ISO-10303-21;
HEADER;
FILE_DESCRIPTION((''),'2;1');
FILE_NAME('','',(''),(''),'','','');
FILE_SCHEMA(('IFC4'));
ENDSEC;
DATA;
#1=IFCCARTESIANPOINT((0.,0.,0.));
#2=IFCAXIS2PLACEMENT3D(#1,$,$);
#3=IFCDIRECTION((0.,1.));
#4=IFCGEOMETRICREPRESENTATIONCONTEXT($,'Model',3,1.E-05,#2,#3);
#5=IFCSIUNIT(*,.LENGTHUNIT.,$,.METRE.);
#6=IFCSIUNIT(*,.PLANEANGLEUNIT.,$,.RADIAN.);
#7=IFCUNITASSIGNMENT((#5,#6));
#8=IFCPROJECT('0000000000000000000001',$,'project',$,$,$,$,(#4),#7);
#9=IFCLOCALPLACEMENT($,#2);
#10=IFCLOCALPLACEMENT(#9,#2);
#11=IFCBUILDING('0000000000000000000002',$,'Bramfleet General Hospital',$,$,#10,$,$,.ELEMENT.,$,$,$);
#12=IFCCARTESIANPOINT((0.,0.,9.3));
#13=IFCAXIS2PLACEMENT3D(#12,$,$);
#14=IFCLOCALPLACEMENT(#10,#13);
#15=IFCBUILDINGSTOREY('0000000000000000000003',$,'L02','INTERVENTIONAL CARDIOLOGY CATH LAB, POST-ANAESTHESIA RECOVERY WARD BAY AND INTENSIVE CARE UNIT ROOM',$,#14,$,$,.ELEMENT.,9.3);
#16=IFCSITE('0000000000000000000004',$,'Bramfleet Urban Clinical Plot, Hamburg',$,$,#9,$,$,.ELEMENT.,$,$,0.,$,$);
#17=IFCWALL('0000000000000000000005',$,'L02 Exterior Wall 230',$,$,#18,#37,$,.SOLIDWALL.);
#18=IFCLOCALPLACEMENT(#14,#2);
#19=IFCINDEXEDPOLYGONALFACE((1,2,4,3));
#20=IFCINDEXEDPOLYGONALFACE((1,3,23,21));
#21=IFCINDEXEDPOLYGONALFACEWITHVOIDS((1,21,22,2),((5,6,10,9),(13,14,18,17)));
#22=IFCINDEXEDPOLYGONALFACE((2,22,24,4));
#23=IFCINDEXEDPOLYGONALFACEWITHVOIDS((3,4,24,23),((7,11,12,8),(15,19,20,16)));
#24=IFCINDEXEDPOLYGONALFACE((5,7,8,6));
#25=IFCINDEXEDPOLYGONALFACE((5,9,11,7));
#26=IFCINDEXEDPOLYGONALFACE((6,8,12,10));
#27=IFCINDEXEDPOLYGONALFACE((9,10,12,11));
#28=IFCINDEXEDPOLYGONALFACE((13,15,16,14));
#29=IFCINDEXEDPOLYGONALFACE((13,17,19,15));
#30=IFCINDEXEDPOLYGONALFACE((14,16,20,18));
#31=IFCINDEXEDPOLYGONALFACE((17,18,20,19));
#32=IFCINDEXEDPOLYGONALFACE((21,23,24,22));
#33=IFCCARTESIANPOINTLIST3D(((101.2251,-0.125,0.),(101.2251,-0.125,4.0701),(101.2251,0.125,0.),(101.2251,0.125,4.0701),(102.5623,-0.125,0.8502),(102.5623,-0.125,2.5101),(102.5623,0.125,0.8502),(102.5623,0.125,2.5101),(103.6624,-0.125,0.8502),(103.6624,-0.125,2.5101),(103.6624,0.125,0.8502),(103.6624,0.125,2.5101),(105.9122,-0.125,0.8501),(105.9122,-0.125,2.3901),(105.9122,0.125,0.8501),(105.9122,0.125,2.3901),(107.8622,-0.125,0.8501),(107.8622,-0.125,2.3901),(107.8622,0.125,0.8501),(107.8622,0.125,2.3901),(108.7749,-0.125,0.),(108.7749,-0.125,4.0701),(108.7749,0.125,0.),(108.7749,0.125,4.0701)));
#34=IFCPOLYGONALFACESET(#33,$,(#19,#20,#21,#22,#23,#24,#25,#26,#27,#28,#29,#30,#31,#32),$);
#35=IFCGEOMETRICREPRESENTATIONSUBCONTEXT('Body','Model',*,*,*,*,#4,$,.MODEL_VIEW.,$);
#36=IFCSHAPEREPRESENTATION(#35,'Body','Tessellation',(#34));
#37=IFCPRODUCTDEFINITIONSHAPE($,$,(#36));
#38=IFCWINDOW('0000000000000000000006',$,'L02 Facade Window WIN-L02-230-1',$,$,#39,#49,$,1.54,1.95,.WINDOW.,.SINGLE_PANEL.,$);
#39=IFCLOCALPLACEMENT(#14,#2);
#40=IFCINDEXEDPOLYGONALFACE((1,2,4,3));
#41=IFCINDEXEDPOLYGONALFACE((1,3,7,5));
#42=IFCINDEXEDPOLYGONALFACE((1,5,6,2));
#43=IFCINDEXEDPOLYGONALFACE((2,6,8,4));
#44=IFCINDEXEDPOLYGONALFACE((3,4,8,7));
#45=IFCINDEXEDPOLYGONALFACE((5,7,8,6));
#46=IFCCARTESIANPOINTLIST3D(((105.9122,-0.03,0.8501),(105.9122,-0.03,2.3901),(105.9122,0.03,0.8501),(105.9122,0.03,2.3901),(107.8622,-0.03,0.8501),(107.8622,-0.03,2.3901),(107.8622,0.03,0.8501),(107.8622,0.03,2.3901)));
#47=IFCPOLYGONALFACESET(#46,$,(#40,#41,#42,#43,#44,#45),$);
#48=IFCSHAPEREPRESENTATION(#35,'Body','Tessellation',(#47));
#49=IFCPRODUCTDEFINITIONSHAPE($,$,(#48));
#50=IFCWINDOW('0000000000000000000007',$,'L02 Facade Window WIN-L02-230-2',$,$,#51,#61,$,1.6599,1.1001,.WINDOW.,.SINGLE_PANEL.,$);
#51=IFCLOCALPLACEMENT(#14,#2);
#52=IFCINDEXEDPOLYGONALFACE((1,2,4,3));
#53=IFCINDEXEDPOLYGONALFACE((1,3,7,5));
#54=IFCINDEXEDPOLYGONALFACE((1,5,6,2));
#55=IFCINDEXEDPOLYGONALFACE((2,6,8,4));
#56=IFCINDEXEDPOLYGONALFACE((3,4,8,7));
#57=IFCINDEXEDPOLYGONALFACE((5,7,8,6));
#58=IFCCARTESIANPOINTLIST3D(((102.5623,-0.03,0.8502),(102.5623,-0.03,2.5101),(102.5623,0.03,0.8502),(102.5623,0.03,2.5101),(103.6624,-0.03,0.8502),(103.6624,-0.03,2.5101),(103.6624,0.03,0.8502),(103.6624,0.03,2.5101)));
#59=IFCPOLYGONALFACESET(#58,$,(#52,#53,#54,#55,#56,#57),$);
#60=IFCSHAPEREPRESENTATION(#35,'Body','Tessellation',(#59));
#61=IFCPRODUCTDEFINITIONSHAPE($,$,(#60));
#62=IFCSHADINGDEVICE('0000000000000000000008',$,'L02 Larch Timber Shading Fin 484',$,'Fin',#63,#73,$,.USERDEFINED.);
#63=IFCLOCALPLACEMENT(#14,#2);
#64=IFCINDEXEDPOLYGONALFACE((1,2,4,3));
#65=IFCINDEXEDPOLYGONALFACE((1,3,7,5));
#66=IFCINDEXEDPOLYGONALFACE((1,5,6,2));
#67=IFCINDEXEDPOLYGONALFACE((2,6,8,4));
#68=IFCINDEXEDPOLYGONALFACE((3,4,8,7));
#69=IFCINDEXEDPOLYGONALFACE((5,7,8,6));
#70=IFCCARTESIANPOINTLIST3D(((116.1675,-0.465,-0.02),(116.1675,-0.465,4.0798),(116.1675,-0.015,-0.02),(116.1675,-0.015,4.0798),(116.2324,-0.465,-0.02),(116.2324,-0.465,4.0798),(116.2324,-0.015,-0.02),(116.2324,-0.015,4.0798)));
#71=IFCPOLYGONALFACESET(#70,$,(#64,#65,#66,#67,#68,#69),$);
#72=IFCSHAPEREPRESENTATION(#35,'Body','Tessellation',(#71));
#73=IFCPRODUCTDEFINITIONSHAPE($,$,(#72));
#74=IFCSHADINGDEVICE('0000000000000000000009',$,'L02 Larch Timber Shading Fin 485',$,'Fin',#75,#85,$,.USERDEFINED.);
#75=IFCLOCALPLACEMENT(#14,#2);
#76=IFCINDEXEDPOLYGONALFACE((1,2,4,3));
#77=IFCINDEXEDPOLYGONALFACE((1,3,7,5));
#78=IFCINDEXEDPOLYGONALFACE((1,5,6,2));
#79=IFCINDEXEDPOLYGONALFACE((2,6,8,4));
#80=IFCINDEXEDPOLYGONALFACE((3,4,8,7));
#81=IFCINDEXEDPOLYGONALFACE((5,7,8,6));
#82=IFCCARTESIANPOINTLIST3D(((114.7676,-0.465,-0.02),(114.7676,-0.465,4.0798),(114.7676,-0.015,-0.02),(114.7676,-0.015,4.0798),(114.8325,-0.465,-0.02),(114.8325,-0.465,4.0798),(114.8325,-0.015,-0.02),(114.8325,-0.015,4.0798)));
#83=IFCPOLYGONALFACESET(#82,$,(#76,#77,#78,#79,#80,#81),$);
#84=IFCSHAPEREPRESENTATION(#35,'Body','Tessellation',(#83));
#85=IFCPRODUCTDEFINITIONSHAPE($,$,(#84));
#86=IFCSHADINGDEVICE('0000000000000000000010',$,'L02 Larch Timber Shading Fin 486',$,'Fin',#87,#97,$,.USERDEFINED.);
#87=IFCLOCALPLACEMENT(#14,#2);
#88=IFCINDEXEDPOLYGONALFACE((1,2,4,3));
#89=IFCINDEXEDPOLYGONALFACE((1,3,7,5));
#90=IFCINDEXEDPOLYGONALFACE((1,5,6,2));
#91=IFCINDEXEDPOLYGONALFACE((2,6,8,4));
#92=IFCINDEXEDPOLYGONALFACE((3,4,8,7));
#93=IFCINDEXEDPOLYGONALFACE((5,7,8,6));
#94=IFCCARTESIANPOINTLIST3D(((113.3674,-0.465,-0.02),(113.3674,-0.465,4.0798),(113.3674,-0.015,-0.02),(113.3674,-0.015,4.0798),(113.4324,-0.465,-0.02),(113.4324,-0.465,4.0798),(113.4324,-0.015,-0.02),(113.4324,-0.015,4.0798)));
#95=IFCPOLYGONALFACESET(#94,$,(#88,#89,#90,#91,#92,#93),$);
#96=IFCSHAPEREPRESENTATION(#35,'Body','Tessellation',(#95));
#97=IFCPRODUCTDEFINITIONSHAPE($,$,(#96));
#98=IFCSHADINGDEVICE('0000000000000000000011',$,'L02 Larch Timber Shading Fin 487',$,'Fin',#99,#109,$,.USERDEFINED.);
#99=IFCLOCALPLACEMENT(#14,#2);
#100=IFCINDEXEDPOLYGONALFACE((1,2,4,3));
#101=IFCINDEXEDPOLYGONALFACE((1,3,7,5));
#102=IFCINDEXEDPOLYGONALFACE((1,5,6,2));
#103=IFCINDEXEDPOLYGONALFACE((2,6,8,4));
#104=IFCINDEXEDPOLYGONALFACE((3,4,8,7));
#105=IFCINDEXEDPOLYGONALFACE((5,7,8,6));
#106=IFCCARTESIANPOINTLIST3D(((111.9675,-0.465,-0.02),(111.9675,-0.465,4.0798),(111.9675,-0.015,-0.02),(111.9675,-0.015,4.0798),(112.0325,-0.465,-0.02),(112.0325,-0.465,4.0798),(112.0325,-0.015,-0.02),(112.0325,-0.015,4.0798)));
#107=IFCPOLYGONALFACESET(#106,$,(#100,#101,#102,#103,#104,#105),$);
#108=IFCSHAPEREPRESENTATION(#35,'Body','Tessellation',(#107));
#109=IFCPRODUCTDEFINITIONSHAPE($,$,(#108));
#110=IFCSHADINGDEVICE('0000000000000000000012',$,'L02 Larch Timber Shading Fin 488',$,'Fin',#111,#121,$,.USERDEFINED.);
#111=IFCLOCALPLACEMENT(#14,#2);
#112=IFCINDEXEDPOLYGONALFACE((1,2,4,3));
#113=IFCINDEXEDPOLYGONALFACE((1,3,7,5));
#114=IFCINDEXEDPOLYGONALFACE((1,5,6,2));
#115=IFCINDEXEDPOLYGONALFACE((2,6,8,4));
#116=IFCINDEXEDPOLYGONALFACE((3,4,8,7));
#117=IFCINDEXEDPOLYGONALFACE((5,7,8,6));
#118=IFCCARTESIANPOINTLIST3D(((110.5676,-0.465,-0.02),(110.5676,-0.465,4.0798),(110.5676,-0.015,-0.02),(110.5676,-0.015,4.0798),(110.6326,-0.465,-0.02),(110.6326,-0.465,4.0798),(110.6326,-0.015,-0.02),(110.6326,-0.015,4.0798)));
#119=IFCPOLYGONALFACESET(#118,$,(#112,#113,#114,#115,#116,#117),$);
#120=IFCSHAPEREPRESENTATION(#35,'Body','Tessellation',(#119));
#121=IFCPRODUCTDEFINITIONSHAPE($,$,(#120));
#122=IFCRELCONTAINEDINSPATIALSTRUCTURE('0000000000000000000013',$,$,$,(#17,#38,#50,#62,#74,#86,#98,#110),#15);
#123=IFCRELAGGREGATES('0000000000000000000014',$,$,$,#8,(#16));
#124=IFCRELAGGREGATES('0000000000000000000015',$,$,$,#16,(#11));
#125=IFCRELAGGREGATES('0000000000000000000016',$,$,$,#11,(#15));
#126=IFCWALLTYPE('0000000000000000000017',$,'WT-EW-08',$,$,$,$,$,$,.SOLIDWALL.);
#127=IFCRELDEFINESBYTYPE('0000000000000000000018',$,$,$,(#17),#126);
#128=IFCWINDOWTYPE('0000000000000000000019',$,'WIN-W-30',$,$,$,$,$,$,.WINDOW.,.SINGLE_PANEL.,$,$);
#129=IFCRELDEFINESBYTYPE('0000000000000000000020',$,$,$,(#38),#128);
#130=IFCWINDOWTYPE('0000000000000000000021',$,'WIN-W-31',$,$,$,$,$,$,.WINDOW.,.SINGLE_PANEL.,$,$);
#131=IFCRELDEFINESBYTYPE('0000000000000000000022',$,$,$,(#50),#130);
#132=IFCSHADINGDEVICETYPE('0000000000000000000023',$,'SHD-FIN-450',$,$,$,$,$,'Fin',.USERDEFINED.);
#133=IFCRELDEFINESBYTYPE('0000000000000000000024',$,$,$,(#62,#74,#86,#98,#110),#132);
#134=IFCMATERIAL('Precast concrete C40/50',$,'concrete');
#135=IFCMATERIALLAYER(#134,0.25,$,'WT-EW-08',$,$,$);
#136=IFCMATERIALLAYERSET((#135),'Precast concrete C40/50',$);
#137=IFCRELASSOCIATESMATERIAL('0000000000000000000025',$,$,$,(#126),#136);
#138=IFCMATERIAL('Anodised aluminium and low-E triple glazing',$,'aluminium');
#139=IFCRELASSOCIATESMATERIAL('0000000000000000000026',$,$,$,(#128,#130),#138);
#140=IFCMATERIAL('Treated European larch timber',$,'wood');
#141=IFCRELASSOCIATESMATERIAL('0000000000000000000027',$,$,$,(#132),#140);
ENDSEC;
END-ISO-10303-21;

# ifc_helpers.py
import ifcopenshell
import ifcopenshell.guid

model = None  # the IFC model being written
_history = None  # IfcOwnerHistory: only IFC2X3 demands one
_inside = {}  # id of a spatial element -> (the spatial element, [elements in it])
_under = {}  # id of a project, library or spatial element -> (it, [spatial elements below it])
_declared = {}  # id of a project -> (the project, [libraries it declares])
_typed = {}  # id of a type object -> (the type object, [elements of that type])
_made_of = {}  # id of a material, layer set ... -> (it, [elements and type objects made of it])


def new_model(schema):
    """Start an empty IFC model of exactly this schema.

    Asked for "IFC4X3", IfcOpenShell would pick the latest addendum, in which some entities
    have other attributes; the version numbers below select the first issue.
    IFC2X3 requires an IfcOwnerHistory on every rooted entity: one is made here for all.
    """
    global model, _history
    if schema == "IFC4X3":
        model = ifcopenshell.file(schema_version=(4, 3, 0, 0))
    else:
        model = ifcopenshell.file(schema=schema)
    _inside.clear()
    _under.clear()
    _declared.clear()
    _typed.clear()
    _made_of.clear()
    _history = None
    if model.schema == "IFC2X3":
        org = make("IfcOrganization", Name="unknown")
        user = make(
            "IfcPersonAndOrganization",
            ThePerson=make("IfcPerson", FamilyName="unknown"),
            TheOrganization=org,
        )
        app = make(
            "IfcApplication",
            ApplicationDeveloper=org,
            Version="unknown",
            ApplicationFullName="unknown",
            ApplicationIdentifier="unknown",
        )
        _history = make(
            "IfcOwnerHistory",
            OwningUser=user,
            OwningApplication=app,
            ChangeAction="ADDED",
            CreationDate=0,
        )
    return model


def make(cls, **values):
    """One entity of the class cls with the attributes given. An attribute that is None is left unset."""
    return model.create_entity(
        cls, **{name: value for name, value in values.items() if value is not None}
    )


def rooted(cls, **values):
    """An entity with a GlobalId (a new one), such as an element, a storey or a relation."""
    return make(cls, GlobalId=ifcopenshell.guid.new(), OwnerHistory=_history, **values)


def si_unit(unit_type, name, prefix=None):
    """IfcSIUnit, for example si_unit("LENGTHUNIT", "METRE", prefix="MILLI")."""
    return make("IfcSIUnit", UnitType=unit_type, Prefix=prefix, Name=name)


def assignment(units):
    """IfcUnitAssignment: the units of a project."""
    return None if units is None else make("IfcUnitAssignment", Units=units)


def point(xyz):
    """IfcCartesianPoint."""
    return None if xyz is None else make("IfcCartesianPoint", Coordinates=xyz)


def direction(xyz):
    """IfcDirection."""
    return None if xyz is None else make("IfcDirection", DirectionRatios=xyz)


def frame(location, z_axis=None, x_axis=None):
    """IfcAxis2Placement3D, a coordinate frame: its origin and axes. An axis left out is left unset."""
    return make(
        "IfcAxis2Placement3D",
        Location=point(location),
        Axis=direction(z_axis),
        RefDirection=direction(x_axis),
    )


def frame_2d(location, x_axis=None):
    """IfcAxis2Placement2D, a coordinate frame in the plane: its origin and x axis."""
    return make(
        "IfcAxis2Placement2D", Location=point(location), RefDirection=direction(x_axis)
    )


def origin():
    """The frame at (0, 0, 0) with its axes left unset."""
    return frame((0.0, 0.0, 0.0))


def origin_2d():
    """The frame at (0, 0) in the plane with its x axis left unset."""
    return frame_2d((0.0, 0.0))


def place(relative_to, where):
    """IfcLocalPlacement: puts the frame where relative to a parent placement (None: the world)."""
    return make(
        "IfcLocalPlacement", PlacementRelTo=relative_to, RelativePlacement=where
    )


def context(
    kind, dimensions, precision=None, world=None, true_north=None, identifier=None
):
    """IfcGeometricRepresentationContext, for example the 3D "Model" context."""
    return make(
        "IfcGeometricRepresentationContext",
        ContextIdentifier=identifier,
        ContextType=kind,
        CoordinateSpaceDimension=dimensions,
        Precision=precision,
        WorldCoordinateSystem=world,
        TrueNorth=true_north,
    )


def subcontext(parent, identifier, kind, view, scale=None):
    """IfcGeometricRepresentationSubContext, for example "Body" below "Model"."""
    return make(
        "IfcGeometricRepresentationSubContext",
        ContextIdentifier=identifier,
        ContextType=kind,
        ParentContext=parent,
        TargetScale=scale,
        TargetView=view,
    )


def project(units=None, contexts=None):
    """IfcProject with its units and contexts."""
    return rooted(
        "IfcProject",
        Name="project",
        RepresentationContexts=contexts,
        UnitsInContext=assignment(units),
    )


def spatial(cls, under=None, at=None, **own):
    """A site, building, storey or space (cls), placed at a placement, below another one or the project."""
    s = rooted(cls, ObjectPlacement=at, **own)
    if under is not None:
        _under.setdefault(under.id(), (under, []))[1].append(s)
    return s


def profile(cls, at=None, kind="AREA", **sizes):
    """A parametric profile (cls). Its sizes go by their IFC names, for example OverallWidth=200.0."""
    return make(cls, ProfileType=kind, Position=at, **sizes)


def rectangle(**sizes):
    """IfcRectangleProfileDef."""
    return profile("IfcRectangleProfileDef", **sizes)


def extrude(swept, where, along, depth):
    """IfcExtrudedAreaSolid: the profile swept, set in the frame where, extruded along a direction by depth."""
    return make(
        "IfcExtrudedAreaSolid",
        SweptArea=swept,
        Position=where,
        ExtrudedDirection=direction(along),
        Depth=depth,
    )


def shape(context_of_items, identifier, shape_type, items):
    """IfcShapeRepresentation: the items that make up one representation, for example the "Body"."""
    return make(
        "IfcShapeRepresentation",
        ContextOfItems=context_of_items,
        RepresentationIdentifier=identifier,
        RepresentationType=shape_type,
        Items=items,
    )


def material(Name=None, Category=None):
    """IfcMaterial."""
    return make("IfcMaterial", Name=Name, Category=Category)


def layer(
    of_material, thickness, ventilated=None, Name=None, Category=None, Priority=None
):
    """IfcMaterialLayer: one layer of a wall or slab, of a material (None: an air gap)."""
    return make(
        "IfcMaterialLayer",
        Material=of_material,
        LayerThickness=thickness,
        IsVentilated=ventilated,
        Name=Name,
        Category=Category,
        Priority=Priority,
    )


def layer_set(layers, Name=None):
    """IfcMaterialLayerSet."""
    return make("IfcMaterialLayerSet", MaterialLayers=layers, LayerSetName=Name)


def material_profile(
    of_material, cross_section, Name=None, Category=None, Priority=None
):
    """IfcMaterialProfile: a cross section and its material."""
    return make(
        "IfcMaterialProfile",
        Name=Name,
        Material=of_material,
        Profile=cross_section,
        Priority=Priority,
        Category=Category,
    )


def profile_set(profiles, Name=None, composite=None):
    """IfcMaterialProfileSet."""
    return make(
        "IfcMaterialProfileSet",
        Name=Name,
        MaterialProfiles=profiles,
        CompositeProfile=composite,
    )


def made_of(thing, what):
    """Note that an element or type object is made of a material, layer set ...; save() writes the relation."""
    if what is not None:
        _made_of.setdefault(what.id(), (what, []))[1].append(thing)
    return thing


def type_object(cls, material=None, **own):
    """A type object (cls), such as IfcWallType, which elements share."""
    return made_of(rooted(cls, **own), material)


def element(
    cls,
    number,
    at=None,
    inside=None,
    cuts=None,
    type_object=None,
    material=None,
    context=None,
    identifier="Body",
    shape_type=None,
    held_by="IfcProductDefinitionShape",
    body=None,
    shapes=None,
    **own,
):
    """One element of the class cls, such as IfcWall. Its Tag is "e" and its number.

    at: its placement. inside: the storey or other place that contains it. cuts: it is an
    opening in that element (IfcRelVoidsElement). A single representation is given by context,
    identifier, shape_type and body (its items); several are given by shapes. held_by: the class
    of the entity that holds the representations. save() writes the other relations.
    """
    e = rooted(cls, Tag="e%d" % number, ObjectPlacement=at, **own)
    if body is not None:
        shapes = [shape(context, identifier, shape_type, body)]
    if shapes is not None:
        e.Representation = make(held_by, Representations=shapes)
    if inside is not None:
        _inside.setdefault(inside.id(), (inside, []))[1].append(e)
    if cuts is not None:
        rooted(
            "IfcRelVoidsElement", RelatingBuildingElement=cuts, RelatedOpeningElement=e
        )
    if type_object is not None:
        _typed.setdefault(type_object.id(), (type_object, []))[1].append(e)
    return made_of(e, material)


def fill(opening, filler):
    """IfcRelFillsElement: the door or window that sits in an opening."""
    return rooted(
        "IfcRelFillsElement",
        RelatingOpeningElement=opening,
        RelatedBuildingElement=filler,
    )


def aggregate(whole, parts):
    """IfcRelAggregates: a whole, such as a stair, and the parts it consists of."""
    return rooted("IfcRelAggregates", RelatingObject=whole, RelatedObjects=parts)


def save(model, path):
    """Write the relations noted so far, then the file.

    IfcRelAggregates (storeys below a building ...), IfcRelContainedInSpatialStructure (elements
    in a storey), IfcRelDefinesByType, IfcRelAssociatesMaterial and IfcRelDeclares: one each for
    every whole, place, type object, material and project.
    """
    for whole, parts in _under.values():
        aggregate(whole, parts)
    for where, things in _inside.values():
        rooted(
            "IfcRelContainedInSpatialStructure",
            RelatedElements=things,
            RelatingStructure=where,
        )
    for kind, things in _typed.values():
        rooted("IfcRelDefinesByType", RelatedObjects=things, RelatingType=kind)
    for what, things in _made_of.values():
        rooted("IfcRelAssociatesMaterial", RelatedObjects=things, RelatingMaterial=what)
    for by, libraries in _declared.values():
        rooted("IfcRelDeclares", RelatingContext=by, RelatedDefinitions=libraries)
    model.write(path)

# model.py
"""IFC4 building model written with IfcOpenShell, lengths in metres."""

from ifc_helpers import new_model, si_unit, direction, frame, frame_2d, origin, origin_2d, place, context, subcontext, project, spatial, rectangle, extrude, material, layer, layer_set, material_profile, profile_set, type_object, element, fill, save


model = new_model("IFC4")

# Units and contexts
model_context = context("Model", 3, precision=1e-05, world=origin(), true_north=direction((0.0, 1.0)))
body_context = subcontext(model_context, "Body", "Model", "MODEL_VIEW")
ifc_project = project(units=[si_unit("LENGTHUNIT", "METRE"), si_unit("PLANEANGLEUNIT", "RADIAN")], contexts=[model_context])

# Site, building, storey
site_placement = place(None, origin())
site = spatial("IfcSite", under=ifc_project, at=site_placement, Name="Bramfleet Urban Clinical Plot, Hamburg", CompositionType="ELEMENT", RefElevation=0.0)
building_placement = place(site_placement, origin())
building = spatial("IfcBuilding", under=site, at=building_placement, Name="Bramfleet General Hospital", CompositionType="ELEMENT")
storey_placement = place(building_placement, frame((0.0, 0.0, 9.3)))
storey = spatial("IfcBuildingStorey", under=building, at=storey_placement, Name="L02", Description="INTERVENTIONAL CARDIOLOGY CATH LAB, POST-ANAESTHESIA RECOVERY WARD BAY AND INTENSIVE CARE UNIT ROOM", CompositionType="ELEMENT", Elevation=9.3)

# Shared definitions
ifc_material_1 = material(Name="Anodised aluminium and low-E triple glazing", Category="aluminium")

# Wall, openings, windows
ifc_material_2 = material(Name="Precast concrete C40/50", Category="concrete")
ifc_layer_1 = layer(ifc_material_2, 0.25, Name="WT-EW-08")
ifc_layer_set_1 = layer_set([ifc_layer_1], Name="Precast concrete C40/50")
wall_type = type_object("IfcWallType", Name="WT-EW-08", PredefinedType="SOLIDWALL", material=ifc_layer_set_1)
wall_placement = place(storey_placement, frame((108.7749, 0.0, 0.0), z_axis=(0.0, 0.0, 1.0), x_axis=(-1.0, 0.0, 0.0)))
wall = element("IfcWall", 1, at=wall_placement, inside=storey, type_object=wall_type, Name="L02 Exterior Wall 230", PredefinedType="SOLIDWALL", context=body_context, shape_type="SweptSolid", body=[
    extrude(rectangle(XDim=7.5498, YDim=0.25, at=frame_2d((3.7749, 0.0))), origin(), (0.0, 0.0, 1.0), 4.0701),
])
opening_1_placement = place(wall_placement, frame((0.9126, 0.0, 0.8501)))
opening_1 = element("IfcOpeningElement", 2, at=opening_1_placement, cuts=wall, PredefinedType="OPENING", context=body_context, shape_type="SweptSolid", body=[
    extrude(rectangle(XDim=1.95, YDim=1.54, at=frame_2d((0.9751, 0.77))), frame((0.0, 0.135, 0.0), z_axis=(0.0, -1.0, 0.0), x_axis=(1.0, 0.0, 0.0)), (0.0, 0.0, 1.0), 0.27),
])
opening_2_placement = place(wall_placement, frame((5.1125, 0.0, 0.8501)))
opening_2 = element("IfcOpeningElement", 3, at=opening_2_placement, cuts=wall, PredefinedType="OPENING", context=body_context, shape_type="SweptSolid", body=[
    extrude(rectangle(XDim=1.1001, YDim=1.6599, at=frame_2d((0.55, 0.8301))), frame((0.0, 0.135, 0.0), z_axis=(0.0, -1.0, 0.0), x_axis=(1.0, 0.0, 0.0)), (0.0, 0.0, 1.0), 0.27),
])
window_type_1 = type_object("IfcWindowType", Name="WIN-W-30", PartitioningType="SINGLE_PANEL", PredefinedType="WINDOW", material=ifc_material_1)
window_1_placement = place(opening_1_placement, origin())
window_1 = element("IfcWindow", 4, at=window_1_placement, inside=storey, type_object=window_type_1, Name="L02 Facade Window WIN-L02-230-1", OverallHeight=1.54, OverallWidth=1.95, PartitioningType="SINGLE_PANEL", PredefinedType="WINDOW", context=body_context, shape_type="SweptSolid", body=[
    extrude(rectangle(XDim=1.95, YDim=1.54, at=frame_2d((0.9751, 0.77))), frame((0.0, 0.03, 0.0), z_axis=(0.0, -1.0, 0.0), x_axis=(1.0, 0.0, 0.0)), (0.0, 0.0, 1.0), 0.0601),
])
fill(opening_1, window_1)
window_type_2 = type_object("IfcWindowType", Name="WIN-W-31", PartitioningType="SINGLE_PANEL", PredefinedType="WINDOW", material=ifc_material_1)
window_2_placement = place(opening_2_placement, origin())
window_2 = element("IfcWindow", 5, at=window_2_placement, inside=storey, type_object=window_type_2, Name="L02 Facade Window WIN-L02-230-2", OverallHeight=1.6599, OverallWidth=1.1001, PartitioningType="SINGLE_PANEL", PredefinedType="WINDOW", context=body_context, shape_type="SweptSolid", body=[
    extrude(rectangle(XDim=1.1001, YDim=1.6599, at=frame_2d((0.55, 0.8301))), frame((0.0, 0.03, 0.0), z_axis=(0.0, -1.0, 0.0), x_axis=(1.0, 0.0, 0.0)), (0.0, 0.0, 1.0), 0.0601),
])
fill(opening_2, window_2)

# Shading devices
ifc_material_3 = material(Name="Treated European larch timber", Category="wood")
ifc_material_profile_1 = material_profile(ifc_material_3, rectangle(XDim=0.0649, YDim=0.45, at=origin_2d()), Name="LARCH FIN 450x65")
ifc_profile_set_1 = profile_set([ifc_material_profile_1], Name="Treated European larch timber")
shading_device_type = type_object("IfcShadingDeviceType", Name="SHD-FIN-450", ElementType="Fin", PredefinedType="USERDEFINED", material=ifc_profile_set_1)
for number, where, z_axis, x_axis, name in (
    (6, (116.2, -0.24, -0.02), (0.0, 0.0, 1.0), (-1.0, 0.0, 0.0), "L02 Larch Timber Shading Fin 484"),
    (7, (114.8, -0.24, -0.02), (0.0, 0.0, 1.0), (-1.0, 0.0, 0.0), "L02 Larch Timber Shading Fin 485"),
    (8, (113.3999, -0.24, -0.02), (0.0, 0.0, 1.0), (-1.0, 0.0, 0.0), "L02 Larch Timber Shading Fin 486"),
    (9, (112.0, -0.24, -0.02), (0.0, 0.0, 1.0), (-1.0, 0.0, 0.0), "L02 Larch Timber Shading Fin 487"),
    (10, (110.6001, -0.24, -0.02), (0.0, 0.0, 1.0), (-1.0, 0.0, 0.0), "L02 Larch Timber Shading Fin 488"),
):
    element("IfcShadingDevice", number, at=place(storey_placement, frame(where, z_axis=z_axis, x_axis=x_axis)), inside=storey, type_object=shading_device_type, Name=name, ObjectType="Fin", PredefinedType="USERDEFINED", context=body_context, shape_type="SweptSolid", body=[
        extrude(rectangle(XDim=0.0649, YDim=0.45, at=origin_2d()), origin(), (0.0, 0.0, 1.0), 4.0999),
    ])

save(model, "model.ifc")
